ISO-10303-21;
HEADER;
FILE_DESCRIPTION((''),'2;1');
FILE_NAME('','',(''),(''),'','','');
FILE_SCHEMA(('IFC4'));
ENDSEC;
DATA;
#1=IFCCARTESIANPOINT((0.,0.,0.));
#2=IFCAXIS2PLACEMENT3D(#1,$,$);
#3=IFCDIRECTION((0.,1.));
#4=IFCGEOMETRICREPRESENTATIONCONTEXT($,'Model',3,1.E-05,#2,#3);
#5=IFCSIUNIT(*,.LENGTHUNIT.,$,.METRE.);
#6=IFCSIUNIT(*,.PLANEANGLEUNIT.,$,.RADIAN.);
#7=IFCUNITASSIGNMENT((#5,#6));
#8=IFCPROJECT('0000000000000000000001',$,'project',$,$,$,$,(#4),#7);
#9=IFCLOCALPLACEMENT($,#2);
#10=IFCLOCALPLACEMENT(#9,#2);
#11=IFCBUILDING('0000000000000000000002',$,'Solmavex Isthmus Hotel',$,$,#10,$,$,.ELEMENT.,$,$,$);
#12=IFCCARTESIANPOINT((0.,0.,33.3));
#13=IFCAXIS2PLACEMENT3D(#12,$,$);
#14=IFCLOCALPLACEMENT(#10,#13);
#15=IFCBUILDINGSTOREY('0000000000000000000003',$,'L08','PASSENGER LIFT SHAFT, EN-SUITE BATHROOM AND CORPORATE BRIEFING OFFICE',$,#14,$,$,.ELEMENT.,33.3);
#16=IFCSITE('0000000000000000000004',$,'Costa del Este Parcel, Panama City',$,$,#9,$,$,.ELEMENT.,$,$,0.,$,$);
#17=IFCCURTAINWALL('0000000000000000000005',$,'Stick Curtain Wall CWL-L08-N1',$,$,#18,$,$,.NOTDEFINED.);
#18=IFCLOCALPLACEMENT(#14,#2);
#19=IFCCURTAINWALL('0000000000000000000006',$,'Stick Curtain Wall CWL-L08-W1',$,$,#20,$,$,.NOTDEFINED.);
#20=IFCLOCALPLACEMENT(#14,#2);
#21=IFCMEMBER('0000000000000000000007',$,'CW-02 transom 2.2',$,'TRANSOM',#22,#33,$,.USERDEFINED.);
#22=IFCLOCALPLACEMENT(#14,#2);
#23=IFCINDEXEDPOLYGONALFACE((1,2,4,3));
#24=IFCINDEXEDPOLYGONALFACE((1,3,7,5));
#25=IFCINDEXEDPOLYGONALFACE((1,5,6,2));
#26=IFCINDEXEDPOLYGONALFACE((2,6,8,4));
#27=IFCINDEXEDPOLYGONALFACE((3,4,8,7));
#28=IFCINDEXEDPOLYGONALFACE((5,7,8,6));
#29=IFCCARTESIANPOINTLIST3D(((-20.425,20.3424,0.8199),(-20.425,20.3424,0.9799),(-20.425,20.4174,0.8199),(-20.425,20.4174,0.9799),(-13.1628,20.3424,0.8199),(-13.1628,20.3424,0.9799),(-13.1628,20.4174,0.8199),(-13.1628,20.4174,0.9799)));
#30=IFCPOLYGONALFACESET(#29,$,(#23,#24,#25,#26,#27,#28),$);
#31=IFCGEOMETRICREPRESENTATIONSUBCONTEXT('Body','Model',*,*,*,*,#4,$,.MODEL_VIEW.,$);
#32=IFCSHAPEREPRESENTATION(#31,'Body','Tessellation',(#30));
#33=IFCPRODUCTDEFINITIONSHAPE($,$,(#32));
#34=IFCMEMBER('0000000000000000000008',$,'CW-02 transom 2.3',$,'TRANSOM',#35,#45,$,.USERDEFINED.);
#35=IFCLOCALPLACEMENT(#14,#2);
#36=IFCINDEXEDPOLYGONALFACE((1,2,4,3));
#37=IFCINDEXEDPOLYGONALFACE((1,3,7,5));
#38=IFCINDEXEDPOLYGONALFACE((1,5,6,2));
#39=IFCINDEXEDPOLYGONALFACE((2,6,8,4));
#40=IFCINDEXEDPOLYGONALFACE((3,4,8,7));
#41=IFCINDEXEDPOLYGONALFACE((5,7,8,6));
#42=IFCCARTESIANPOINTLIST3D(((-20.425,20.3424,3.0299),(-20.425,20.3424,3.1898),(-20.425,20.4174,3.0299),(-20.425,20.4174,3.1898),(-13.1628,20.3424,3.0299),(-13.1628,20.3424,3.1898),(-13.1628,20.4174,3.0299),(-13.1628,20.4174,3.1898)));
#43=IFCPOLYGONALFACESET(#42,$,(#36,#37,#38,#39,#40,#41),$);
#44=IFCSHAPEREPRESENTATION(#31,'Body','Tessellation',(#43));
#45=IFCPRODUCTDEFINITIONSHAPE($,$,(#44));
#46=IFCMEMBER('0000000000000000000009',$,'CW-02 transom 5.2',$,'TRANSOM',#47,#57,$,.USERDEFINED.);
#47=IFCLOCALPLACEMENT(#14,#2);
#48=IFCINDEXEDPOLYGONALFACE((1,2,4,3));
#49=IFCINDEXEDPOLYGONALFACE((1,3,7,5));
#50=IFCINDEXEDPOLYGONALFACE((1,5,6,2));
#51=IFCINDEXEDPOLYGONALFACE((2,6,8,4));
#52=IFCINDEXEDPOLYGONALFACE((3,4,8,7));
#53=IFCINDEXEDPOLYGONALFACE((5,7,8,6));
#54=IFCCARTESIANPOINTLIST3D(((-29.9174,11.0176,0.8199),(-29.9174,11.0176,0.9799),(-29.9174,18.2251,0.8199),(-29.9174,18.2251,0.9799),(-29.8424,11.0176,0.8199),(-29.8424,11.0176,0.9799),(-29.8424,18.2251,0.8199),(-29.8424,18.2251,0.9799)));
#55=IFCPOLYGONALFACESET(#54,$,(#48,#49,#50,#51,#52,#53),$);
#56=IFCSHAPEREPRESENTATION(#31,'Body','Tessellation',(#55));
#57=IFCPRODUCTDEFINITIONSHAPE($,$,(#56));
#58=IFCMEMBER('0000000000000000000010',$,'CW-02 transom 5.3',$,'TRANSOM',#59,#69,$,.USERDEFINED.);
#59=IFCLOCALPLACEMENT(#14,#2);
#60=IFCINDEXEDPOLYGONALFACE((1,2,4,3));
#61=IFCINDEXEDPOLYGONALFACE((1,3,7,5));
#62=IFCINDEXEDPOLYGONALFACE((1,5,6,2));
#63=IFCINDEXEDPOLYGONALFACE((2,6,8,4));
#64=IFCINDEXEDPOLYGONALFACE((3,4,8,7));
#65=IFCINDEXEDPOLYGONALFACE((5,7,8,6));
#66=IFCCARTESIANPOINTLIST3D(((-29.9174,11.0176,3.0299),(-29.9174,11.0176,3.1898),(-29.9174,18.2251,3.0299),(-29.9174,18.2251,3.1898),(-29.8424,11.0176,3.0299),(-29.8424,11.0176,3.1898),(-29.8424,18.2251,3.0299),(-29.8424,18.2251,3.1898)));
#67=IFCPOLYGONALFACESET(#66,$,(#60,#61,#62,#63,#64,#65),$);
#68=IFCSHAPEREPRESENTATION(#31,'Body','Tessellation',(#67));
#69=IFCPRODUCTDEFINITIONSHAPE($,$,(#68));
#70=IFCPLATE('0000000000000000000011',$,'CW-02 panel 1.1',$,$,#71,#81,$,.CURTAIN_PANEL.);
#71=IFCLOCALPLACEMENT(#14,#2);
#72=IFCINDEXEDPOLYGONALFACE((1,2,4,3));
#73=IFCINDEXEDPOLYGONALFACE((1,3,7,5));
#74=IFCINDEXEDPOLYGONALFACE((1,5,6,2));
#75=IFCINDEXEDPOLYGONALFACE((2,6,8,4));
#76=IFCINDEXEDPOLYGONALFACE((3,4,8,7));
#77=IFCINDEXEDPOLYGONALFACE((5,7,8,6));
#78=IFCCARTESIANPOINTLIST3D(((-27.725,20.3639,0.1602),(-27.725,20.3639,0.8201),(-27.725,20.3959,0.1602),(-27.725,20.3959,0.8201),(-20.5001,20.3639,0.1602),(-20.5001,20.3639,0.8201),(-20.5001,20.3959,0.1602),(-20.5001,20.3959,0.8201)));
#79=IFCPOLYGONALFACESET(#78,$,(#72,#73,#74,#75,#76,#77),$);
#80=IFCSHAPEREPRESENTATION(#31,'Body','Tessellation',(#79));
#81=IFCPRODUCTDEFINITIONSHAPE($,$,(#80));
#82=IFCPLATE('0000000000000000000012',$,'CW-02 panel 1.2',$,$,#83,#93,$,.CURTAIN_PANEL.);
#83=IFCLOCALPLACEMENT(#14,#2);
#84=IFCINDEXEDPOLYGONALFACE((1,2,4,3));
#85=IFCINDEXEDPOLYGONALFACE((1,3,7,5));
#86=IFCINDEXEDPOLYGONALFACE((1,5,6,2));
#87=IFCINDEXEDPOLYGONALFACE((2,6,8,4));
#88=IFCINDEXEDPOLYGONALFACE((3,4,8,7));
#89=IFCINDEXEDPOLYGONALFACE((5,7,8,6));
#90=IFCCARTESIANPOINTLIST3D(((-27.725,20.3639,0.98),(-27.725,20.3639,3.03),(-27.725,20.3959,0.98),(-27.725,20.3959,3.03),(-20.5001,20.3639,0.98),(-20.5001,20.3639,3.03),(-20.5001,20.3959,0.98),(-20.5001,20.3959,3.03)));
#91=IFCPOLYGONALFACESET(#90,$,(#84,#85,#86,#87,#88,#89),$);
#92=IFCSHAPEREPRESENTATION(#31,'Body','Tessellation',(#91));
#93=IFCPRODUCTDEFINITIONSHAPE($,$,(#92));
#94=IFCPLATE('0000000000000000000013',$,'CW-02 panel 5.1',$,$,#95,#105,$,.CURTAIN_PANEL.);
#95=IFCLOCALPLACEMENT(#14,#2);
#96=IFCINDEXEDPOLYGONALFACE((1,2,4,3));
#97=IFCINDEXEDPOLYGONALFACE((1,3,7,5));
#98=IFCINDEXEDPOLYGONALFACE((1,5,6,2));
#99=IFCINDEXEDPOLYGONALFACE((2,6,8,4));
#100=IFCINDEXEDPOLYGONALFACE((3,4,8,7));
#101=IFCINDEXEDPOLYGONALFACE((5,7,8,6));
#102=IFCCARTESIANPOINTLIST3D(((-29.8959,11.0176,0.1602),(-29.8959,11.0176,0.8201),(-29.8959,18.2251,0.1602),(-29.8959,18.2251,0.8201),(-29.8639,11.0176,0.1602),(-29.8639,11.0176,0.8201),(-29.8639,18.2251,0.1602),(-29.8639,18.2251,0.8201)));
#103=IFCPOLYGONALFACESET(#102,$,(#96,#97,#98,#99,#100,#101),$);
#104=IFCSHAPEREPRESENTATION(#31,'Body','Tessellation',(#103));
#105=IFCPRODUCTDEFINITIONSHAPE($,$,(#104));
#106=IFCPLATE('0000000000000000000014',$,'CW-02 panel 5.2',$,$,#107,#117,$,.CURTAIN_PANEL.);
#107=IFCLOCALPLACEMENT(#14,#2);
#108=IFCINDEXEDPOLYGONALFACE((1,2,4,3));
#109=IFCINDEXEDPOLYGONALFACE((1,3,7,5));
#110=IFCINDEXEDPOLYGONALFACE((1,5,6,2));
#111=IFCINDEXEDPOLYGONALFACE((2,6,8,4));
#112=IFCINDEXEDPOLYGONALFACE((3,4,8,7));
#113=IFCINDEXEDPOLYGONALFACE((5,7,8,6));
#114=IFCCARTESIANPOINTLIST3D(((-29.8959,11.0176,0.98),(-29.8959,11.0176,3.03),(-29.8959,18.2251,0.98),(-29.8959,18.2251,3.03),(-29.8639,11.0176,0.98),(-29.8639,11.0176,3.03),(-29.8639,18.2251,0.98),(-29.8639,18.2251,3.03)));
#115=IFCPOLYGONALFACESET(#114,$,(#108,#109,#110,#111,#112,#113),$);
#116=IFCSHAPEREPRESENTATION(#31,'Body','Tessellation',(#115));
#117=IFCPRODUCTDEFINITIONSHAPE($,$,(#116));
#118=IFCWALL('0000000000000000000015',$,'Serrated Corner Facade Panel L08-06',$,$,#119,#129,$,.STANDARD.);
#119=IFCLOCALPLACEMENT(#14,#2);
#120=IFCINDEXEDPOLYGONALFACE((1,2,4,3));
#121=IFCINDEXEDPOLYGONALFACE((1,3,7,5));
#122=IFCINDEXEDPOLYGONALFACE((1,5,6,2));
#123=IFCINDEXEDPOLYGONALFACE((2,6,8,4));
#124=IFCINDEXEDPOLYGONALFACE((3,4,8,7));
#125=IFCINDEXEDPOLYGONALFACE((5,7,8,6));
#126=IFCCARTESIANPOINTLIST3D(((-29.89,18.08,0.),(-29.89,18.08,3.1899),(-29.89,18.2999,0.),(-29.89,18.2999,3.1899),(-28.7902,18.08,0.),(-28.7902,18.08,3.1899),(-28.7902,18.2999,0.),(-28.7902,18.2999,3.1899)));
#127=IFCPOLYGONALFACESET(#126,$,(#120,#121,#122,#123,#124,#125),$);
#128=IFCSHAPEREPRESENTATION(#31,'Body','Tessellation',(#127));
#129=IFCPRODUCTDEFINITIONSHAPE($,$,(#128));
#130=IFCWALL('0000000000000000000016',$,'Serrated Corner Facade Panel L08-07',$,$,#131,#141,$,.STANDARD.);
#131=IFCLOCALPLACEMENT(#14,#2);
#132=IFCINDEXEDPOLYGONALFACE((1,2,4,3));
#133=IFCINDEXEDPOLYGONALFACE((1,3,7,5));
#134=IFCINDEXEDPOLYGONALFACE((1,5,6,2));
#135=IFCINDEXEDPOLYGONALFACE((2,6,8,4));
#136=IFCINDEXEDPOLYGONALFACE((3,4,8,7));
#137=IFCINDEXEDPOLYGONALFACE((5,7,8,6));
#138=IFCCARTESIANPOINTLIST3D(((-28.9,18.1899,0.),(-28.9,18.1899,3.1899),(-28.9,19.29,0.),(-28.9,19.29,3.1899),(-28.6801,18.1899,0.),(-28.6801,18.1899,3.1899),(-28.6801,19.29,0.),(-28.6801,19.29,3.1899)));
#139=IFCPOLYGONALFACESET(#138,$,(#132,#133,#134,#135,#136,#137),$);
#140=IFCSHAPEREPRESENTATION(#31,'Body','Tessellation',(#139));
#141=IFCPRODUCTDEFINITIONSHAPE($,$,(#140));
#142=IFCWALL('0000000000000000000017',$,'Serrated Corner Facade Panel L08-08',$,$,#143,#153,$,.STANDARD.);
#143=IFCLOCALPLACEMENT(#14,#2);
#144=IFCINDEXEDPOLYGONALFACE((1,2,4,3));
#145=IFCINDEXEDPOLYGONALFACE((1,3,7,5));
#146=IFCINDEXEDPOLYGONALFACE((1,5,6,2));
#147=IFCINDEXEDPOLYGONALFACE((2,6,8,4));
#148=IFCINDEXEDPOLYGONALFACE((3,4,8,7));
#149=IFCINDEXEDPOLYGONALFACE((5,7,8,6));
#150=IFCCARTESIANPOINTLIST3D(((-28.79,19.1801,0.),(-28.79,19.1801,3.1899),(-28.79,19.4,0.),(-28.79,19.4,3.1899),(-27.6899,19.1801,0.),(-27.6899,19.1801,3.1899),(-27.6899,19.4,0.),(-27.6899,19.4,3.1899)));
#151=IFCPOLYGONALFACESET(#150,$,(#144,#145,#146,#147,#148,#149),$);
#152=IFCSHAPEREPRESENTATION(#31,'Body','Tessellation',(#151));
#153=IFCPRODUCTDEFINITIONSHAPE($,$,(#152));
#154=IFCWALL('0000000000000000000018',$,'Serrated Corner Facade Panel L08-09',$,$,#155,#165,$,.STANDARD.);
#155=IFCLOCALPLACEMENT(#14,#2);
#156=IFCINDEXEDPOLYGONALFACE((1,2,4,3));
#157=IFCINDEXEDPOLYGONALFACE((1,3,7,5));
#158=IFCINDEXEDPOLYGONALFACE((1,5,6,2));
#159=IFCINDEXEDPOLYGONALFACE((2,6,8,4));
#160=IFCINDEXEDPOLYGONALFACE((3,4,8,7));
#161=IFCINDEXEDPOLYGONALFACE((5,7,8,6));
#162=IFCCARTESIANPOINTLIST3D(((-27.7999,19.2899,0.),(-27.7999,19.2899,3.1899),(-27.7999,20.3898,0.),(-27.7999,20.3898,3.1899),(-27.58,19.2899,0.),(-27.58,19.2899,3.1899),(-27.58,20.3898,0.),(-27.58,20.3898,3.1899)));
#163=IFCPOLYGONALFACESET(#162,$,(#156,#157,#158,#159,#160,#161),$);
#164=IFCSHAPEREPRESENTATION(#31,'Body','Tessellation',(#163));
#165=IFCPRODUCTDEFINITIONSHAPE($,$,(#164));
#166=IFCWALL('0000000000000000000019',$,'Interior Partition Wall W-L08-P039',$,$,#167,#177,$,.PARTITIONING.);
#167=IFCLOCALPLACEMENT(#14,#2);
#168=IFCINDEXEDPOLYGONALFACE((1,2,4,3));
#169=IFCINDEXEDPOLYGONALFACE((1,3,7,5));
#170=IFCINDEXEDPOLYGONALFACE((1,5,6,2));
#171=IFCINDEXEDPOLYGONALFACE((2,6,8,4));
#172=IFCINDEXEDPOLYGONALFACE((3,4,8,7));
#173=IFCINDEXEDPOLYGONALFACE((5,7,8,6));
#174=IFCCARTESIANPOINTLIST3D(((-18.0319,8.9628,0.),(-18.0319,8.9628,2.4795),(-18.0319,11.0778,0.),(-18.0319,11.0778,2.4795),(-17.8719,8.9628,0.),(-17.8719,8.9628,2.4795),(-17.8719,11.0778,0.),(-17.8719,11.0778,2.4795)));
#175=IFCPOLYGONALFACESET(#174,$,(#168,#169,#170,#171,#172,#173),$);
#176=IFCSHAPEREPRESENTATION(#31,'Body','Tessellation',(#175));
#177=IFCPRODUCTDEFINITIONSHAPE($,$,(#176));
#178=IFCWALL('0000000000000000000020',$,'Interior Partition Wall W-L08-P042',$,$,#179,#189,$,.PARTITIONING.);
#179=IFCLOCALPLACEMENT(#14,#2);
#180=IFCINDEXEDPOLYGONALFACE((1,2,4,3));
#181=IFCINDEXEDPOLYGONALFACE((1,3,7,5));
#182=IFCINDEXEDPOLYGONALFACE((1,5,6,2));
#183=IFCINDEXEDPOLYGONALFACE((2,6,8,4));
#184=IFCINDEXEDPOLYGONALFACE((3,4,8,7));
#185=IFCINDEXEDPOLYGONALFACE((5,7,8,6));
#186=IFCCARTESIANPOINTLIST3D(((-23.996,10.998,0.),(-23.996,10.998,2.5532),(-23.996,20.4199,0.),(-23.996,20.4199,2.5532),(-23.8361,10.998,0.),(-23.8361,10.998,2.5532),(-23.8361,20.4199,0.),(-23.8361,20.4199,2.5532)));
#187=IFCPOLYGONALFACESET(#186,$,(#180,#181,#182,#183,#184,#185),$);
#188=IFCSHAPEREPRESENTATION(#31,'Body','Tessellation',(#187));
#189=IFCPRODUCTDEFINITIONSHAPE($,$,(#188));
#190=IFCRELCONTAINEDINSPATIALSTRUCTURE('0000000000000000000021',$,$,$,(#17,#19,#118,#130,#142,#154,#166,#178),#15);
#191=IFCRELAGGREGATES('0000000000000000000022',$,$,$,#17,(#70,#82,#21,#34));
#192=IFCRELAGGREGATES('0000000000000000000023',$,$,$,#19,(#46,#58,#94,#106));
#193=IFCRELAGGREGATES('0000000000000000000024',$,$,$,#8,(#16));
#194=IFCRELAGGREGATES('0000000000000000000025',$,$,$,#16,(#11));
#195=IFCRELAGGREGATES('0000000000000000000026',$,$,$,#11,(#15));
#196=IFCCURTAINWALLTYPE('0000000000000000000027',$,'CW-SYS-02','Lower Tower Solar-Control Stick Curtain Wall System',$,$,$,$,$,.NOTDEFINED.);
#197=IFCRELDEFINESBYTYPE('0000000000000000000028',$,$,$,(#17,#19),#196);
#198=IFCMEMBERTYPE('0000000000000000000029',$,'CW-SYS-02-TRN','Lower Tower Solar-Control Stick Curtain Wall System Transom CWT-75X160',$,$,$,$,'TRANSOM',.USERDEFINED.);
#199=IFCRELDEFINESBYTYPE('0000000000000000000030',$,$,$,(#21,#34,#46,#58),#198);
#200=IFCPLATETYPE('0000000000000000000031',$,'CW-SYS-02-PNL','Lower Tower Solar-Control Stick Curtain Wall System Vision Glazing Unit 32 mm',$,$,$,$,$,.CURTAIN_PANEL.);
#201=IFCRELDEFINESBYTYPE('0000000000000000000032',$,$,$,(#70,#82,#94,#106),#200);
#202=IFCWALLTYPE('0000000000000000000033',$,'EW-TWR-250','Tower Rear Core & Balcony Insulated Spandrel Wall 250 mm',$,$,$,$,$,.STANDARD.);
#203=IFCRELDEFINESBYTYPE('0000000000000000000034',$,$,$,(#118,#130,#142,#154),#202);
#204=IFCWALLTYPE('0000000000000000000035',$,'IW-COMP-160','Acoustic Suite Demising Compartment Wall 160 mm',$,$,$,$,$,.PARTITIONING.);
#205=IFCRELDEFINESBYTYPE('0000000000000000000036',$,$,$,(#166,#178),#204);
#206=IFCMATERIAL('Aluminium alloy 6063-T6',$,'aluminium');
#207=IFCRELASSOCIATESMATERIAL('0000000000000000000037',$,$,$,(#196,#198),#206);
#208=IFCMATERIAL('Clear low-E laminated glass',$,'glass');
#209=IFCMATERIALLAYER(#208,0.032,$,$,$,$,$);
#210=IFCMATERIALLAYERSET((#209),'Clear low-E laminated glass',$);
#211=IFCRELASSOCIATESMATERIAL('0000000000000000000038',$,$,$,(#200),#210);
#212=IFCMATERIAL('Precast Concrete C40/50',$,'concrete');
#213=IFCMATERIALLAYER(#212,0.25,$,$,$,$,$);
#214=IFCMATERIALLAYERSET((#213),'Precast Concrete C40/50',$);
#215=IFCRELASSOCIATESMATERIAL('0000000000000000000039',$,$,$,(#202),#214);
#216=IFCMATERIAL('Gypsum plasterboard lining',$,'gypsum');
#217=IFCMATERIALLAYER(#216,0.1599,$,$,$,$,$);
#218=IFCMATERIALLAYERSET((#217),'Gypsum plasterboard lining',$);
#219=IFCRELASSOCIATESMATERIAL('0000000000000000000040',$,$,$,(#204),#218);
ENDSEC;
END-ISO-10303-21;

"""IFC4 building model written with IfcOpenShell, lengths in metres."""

from ifc_helpers import new_model, si_unit, direction, frame, frame_2d, origin, origin_2d, place, context, subcontext, project, spatial, rectangle, extrude, material, layer, layer_set, material_profile, profile_set, type_object, element, aggregate, save


model = new_model("IFC4")

# Units and contexts
model_context = context("Model", 3, precision=1e-05, world=origin(), true_north=direction((0.0, 1.0)))
body_context = subcontext(model_context, "Body", "Model", "MODEL_VIEW")
ifc_project = project(units=[si_unit("LENGTHUNIT", "METRE"), si_unit("PLANEANGLEUNIT", "RADIAN")], contexts=[model_context])

# Site, building, storey
site_placement = place(None, origin())
site = spatial("IfcSite", under=ifc_project, at=site_placement, Name="Costa del Este Parcel, Panama City", CompositionType="ELEMENT", RefElevation=0.0)
building_placement = place(site_placement, origin())
building = spatial("IfcBuilding", under=site, at=building_placement, Name="Solmavex Isthmus Hotel", CompositionType="ELEMENT")
storey_placement = place(building_placement, frame((0.0, 0.0, 33.3)))
storey = spatial("IfcBuildingStorey", under=building, at=storey_placement, Name="L08", Description="PASSENGER LIFT SHAFT, EN-SUITE BATHROOM AND CORPORATE BRIEFING OFFICE", CompositionType="ELEMENT", Elevation=33.3)

# Curtain wall
ifc_material_1 = material(Name="Aluminium alloy 6063-T6", Category="aluminium")
curtain_wall_type = type_object("IfcCurtainWallType", Name="CW-SYS-02", Description="Lower Tower Solar-Control Stick Curtain Wall System", PredefinedType="NOTDEFINED", material=ifc_material_1)
curtain_wall_1_placement = place(storey_placement, origin())
curtain_wall_1 = element("IfcCurtainWall", 1, at=curtain_wall_1_placement, inside=storey, type_object=curtain_wall_type, Name="Stick Curtain Wall CWL-L08-N1", PredefinedType="NOTDEFINED")

# Curtain wall
curtain_wall_2_placement = place(storey_placement, origin())
curtain_wall_2 = element("IfcCurtainWall", 2, at=curtain_wall_2_placement, inside=storey, type_object=curtain_wall_type, Name="Stick Curtain Wall CWL-L08-W1", PredefinedType="NOTDEFINED")

# Members
ifc_material_profile_1 = material_profile(ifc_material_1, rectangle(XDim=0.075, YDim=0.1599, at=origin_2d()), Name="CWT-75X160")
ifc_profile_set_1 = profile_set([ifc_material_profile_1], Name="Aluminium alloy 6063-T6")
member_type_1 = type_object("IfcMemberType", Name="CW-SYS-02-TRN", Description="Lower Tower Solar-Control Stick Curtain Wall System Transom CWT-75X160", ElementType="TRANSOM", PredefinedType="USERDEFINED", material=ifc_profile_set_1)
member_1_placement = place(storey_placement, frame((-20.425, 20.3799, 0.8999), z_axis=(1.0, 0.0, 0.0), x_axis=(0.0, 1.0, 0.0)))
member_1 = element("IfcMember", 3, at=member_1_placement, type_object=member_type_1, Name="CW-02 transom 2.2", ObjectType="TRANSOM", PredefinedType="USERDEFINED", context=body_context, shape_type="SweptSolid", body=[
    extrude(rectangle(XDim=0.075, YDim=0.1599, at=origin_2d()), origin(), (0.0, 0.0, 1.0), 7.2622),
])
member_2_placement = place(storey_placement, frame((-20.425, 20.3799, 3.1099), z_axis=(1.0, 0.0, 0.0), x_axis=(0.0, 1.0, 0.0)))
member_2 = element("IfcMember", 4, at=member_2_placement, type_object=member_type_1, Name="CW-02 transom 2.3", ObjectType="TRANSOM", PredefinedType="USERDEFINED", context=body_context, shape_type="SweptSolid", body=[
    extrude(rectangle(XDim=0.075, YDim=0.1599, at=origin_2d()), origin(), (0.0, 0.0, 1.0), 7.2622),
])
member_3_placement = place(storey_placement, frame((-29.8799, 11.0176, 0.8999), z_axis=(0.0, 1.0, 0.0), x_axis=(-1.0, 0.0, 0.0)))
member_3 = element("IfcMember", 5, at=member_3_placement, type_object=member_type_1, Name="CW-02 transom 5.2", ObjectType="TRANSOM", PredefinedType="USERDEFINED", context=body_context, shape_type="SweptSolid", body=[
    extrude(rectangle(XDim=0.075, YDim=0.1599, at=origin_2d()), origin(), (0.0, 0.0, 1.0), 7.2075),
])
member_4_placement = place(storey_placement, frame((-29.8799, 11.0176, 3.1099), z_axis=(0.0, 1.0, 0.0), x_axis=(-1.0, 0.0, 0.0)))
member_4 = element("IfcMember", 6, at=member_4_placement, type_object=member_type_1, Name="CW-02 transom 5.3", ObjectType="TRANSOM", PredefinedType="USERDEFINED", context=body_context, shape_type="SweptSolid", body=[
    extrude(rectangle(XDim=0.075, YDim=0.1599, at=origin_2d()), origin(), (0.0, 0.0, 1.0), 7.2075),
])

# Plates
ifc_material_2 = material(Name="Clear low-E laminated glass", Category="glass")
ifc_layer_1 = layer(ifc_material_2, 0.032)
ifc_layer_set_1 = layer_set([ifc_layer_1], Name="Clear low-E laminated glass")
plate_type = type_object("IfcPlateType", Name="CW-SYS-02-PNL", Description="Lower Tower Solar-Control Stick Curtain Wall System Vision Glazing Unit 32 mm", PredefinedType="CURTAIN_PANEL", material=ifc_layer_set_1)
plate_1_placement = place(storey_placement, frame((-24.1125, 20.3799, 0.1602), z_axis=(0.0, 0.0, 1.0), x_axis=(1.0, 0.0, 0.0)))
plate_1 = element("IfcPlate", 7, at=plate_1_placement, type_object=plate_type, Name="CW-02 panel 1.1", PredefinedType="CURTAIN_PANEL", context=body_context, shape_type="SweptSolid", body=[
    extrude(rectangle(XDim=7.2249, YDim=0.032, at=origin_2d()), origin(), (0.0, 0.0, 1.0), 0.6599),
])
plate_2_placement = place(storey_placement, frame((-24.1125, 20.3799, 0.98), z_axis=(0.0, 0.0, 1.0), x_axis=(1.0, 0.0, 0.0)))
plate_2 = element("IfcPlate", 8, at=plate_2_placement, type_object=plate_type, Name="CW-02 panel 1.2", PredefinedType="CURTAIN_PANEL", context=body_context, shape_type="SweptSolid", body=[
    extrude(rectangle(XDim=7.2249, YDim=0.032, at=origin_2d()), origin(), (0.0, 0.0, 1.0), 2.05),
])
aggregate(curtain_wall_1, [plate_1, plate_2, member_1, member_2])
plate_3_placement = place(storey_placement, frame((-29.8799, 14.6213, 0.1602), z_axis=(0.0, 0.0, 1.0), x_axis=(0.0, 1.0, 0.0)))
plate_3 = element("IfcPlate", 9, at=plate_3_placement, type_object=plate_type, Name="CW-02 panel 5.1", PredefinedType="CURTAIN_PANEL", context=body_context, shape_type="SweptSolid", body=[
    extrude(rectangle(XDim=7.2075, YDim=0.032, at=origin_2d()), origin(), (0.0, 0.0, 1.0), 0.6599),
])
plate_4_placement = place(storey_placement, frame((-29.8799, 14.6213, 0.98), z_axis=(0.0, 0.0, 1.0), x_axis=(0.0, 1.0, 0.0)))
plate_4 = element("IfcPlate", 10, at=plate_4_placement, type_object=plate_type, Name="CW-02 panel 5.2", PredefinedType="CURTAIN_PANEL", context=body_context, shape_type="SweptSolid", body=[
    extrude(rectangle(XDim=7.2075, YDim=0.032, at=origin_2d()), origin(), (0.0, 0.0, 1.0), 2.05),
])
aggregate(curtain_wall_2, [member_3, member_4, plate_3, plate_4])

# Walls
ifc_material_3 = material(Name="Precast Concrete C40/50", Category="concrete")
ifc_layer_2 = layer(ifc_material_3, 0.25)
ifc_layer_set_2 = layer_set([ifc_layer_2], Name="Precast Concrete C40/50")
wall_type_1 = type_object("IfcWallType", Name="EW-TWR-250", Description="Tower Rear Core & Balcony Insulated Spandrel Wall 250 mm", PredefinedType="STANDARD", material=ifc_layer_set_2)
wall_1_placement = place(storey_placement, frame((-29.8899, 18.1899, 0.0), z_axis=(0.0, 0.0, 1.0), x_axis=(1.0, 0.0, 0.0)))
element("IfcWall", 11, at=wall_1_placement, inside=storey, type_object=wall_type_1, Name="Serrated Corner Facade Panel L08-06", PredefinedType="STANDARD", context=body_context, shape_type="SweptSolid", body=[
    extrude(rectangle(XDim=1.0999, YDim=0.22, at=frame_2d((0.5498, 0.0))), origin(), (0.0, 0.0, 1.0), 3.1899),
])
for number, where, z_axis, x_axis, name in (
    (12, (-28.79, 18.1899, 0.0), (0.0, 0.0, 1.0), (0.0, 1.0, 0.0), "Serrated Corner Facade Panel L08-07"),
    (13, (-28.79, 19.29, 0.0), (0.0, 0.0, 1.0), (1.0, 0.0, 0.0), "Serrated Corner Facade Panel L08-08"),
):
    element("IfcWall", number, at=place(storey_placement, frame(where, z_axis=z_axis, x_axis=x_axis)), inside=storey, type_object=wall_type_1, Name=name, PredefinedType="STANDARD", context=body_context, shape_type="SweptSolid", body=[
        extrude(rectangle(XDim=1.1001, YDim=0.22, at=frame_2d((0.55, 0.0))), origin(), (0.0, 0.0, 1.0), 3.1899),
    ])
wall_2_placement = place(storey_placement, frame((-27.6899, 19.29, 0.0), z_axis=(0.0, 0.0, 1.0), x_axis=(0.0, 1.0, 0.0)))
element("IfcWall", 14, at=wall_2_placement, inside=storey, type_object=wall_type_1, Name="Serrated Corner Facade Panel L08-09", PredefinedType="STANDARD", context=body_context, shape_type="SweptSolid", body=[
    extrude(rectangle(XDim=1.0999, YDim=0.22, at=frame_2d((0.5498, 0.0))), origin(), (0.0, 0.0, 1.0), 3.1899),
])

# Shared definitions
ifc_material_4 = material(Name="Gypsum plasterboard lining", Category="gypsum")
ifc_layer_3 = layer(ifc_material_4, 0.1599)
ifc_layer_set_3 = layer_set([ifc_layer_3], Name="Gypsum plasterboard lining")
wall_type_2 = type_object("IfcWallType", Name="IW-COMP-160", Description="Acoustic Suite Demising Compartment Wall 160 mm", PredefinedType="PARTITIONING", material=ifc_layer_set_3)

# Walls
wall_3_placement = place(storey_placement, frame((-17.9519, 11.0779, 0.0), z_axis=(0.0, 0.0, 1.0), x_axis=(0.0, -1.0, 0.0)))
element("IfcWall", 15, at=wall_3_placement, inside=storey, type_object=wall_type_2, Name="Interior Partition Wall W-L08-P039", PredefinedType="PARTITIONING", context=body_context, shape_type="SweptSolid", body=[
    extrude(rectangle(XDim=2.115, YDim=0.1599, at=frame_2d((1.0576, 0.0))), origin(), (0.0, 0.0, 1.0), 2.4795),
])
wall_4_placement = place(storey_placement, frame((-23.916, 20.4199, 0.0), z_axis=(0.0, 0.0, 1.0), x_axis=(0.0, -1.0, 0.0)))
element("IfcWall", 16, at=wall_4_placement, inside=storey, type_object=wall_type_2, Name="Interior Partition Wall W-L08-P042", PredefinedType="PARTITIONING", context=body_context, shape_type="SweptSolid", body=[
    extrude(rectangle(XDim=9.4219, YDim=0.1599, at=frame_2d((4.7109, 0.0))), origin(), (0.0, 0.0, 1.0), 2.5532),
])

save(model, "model.ifc")
